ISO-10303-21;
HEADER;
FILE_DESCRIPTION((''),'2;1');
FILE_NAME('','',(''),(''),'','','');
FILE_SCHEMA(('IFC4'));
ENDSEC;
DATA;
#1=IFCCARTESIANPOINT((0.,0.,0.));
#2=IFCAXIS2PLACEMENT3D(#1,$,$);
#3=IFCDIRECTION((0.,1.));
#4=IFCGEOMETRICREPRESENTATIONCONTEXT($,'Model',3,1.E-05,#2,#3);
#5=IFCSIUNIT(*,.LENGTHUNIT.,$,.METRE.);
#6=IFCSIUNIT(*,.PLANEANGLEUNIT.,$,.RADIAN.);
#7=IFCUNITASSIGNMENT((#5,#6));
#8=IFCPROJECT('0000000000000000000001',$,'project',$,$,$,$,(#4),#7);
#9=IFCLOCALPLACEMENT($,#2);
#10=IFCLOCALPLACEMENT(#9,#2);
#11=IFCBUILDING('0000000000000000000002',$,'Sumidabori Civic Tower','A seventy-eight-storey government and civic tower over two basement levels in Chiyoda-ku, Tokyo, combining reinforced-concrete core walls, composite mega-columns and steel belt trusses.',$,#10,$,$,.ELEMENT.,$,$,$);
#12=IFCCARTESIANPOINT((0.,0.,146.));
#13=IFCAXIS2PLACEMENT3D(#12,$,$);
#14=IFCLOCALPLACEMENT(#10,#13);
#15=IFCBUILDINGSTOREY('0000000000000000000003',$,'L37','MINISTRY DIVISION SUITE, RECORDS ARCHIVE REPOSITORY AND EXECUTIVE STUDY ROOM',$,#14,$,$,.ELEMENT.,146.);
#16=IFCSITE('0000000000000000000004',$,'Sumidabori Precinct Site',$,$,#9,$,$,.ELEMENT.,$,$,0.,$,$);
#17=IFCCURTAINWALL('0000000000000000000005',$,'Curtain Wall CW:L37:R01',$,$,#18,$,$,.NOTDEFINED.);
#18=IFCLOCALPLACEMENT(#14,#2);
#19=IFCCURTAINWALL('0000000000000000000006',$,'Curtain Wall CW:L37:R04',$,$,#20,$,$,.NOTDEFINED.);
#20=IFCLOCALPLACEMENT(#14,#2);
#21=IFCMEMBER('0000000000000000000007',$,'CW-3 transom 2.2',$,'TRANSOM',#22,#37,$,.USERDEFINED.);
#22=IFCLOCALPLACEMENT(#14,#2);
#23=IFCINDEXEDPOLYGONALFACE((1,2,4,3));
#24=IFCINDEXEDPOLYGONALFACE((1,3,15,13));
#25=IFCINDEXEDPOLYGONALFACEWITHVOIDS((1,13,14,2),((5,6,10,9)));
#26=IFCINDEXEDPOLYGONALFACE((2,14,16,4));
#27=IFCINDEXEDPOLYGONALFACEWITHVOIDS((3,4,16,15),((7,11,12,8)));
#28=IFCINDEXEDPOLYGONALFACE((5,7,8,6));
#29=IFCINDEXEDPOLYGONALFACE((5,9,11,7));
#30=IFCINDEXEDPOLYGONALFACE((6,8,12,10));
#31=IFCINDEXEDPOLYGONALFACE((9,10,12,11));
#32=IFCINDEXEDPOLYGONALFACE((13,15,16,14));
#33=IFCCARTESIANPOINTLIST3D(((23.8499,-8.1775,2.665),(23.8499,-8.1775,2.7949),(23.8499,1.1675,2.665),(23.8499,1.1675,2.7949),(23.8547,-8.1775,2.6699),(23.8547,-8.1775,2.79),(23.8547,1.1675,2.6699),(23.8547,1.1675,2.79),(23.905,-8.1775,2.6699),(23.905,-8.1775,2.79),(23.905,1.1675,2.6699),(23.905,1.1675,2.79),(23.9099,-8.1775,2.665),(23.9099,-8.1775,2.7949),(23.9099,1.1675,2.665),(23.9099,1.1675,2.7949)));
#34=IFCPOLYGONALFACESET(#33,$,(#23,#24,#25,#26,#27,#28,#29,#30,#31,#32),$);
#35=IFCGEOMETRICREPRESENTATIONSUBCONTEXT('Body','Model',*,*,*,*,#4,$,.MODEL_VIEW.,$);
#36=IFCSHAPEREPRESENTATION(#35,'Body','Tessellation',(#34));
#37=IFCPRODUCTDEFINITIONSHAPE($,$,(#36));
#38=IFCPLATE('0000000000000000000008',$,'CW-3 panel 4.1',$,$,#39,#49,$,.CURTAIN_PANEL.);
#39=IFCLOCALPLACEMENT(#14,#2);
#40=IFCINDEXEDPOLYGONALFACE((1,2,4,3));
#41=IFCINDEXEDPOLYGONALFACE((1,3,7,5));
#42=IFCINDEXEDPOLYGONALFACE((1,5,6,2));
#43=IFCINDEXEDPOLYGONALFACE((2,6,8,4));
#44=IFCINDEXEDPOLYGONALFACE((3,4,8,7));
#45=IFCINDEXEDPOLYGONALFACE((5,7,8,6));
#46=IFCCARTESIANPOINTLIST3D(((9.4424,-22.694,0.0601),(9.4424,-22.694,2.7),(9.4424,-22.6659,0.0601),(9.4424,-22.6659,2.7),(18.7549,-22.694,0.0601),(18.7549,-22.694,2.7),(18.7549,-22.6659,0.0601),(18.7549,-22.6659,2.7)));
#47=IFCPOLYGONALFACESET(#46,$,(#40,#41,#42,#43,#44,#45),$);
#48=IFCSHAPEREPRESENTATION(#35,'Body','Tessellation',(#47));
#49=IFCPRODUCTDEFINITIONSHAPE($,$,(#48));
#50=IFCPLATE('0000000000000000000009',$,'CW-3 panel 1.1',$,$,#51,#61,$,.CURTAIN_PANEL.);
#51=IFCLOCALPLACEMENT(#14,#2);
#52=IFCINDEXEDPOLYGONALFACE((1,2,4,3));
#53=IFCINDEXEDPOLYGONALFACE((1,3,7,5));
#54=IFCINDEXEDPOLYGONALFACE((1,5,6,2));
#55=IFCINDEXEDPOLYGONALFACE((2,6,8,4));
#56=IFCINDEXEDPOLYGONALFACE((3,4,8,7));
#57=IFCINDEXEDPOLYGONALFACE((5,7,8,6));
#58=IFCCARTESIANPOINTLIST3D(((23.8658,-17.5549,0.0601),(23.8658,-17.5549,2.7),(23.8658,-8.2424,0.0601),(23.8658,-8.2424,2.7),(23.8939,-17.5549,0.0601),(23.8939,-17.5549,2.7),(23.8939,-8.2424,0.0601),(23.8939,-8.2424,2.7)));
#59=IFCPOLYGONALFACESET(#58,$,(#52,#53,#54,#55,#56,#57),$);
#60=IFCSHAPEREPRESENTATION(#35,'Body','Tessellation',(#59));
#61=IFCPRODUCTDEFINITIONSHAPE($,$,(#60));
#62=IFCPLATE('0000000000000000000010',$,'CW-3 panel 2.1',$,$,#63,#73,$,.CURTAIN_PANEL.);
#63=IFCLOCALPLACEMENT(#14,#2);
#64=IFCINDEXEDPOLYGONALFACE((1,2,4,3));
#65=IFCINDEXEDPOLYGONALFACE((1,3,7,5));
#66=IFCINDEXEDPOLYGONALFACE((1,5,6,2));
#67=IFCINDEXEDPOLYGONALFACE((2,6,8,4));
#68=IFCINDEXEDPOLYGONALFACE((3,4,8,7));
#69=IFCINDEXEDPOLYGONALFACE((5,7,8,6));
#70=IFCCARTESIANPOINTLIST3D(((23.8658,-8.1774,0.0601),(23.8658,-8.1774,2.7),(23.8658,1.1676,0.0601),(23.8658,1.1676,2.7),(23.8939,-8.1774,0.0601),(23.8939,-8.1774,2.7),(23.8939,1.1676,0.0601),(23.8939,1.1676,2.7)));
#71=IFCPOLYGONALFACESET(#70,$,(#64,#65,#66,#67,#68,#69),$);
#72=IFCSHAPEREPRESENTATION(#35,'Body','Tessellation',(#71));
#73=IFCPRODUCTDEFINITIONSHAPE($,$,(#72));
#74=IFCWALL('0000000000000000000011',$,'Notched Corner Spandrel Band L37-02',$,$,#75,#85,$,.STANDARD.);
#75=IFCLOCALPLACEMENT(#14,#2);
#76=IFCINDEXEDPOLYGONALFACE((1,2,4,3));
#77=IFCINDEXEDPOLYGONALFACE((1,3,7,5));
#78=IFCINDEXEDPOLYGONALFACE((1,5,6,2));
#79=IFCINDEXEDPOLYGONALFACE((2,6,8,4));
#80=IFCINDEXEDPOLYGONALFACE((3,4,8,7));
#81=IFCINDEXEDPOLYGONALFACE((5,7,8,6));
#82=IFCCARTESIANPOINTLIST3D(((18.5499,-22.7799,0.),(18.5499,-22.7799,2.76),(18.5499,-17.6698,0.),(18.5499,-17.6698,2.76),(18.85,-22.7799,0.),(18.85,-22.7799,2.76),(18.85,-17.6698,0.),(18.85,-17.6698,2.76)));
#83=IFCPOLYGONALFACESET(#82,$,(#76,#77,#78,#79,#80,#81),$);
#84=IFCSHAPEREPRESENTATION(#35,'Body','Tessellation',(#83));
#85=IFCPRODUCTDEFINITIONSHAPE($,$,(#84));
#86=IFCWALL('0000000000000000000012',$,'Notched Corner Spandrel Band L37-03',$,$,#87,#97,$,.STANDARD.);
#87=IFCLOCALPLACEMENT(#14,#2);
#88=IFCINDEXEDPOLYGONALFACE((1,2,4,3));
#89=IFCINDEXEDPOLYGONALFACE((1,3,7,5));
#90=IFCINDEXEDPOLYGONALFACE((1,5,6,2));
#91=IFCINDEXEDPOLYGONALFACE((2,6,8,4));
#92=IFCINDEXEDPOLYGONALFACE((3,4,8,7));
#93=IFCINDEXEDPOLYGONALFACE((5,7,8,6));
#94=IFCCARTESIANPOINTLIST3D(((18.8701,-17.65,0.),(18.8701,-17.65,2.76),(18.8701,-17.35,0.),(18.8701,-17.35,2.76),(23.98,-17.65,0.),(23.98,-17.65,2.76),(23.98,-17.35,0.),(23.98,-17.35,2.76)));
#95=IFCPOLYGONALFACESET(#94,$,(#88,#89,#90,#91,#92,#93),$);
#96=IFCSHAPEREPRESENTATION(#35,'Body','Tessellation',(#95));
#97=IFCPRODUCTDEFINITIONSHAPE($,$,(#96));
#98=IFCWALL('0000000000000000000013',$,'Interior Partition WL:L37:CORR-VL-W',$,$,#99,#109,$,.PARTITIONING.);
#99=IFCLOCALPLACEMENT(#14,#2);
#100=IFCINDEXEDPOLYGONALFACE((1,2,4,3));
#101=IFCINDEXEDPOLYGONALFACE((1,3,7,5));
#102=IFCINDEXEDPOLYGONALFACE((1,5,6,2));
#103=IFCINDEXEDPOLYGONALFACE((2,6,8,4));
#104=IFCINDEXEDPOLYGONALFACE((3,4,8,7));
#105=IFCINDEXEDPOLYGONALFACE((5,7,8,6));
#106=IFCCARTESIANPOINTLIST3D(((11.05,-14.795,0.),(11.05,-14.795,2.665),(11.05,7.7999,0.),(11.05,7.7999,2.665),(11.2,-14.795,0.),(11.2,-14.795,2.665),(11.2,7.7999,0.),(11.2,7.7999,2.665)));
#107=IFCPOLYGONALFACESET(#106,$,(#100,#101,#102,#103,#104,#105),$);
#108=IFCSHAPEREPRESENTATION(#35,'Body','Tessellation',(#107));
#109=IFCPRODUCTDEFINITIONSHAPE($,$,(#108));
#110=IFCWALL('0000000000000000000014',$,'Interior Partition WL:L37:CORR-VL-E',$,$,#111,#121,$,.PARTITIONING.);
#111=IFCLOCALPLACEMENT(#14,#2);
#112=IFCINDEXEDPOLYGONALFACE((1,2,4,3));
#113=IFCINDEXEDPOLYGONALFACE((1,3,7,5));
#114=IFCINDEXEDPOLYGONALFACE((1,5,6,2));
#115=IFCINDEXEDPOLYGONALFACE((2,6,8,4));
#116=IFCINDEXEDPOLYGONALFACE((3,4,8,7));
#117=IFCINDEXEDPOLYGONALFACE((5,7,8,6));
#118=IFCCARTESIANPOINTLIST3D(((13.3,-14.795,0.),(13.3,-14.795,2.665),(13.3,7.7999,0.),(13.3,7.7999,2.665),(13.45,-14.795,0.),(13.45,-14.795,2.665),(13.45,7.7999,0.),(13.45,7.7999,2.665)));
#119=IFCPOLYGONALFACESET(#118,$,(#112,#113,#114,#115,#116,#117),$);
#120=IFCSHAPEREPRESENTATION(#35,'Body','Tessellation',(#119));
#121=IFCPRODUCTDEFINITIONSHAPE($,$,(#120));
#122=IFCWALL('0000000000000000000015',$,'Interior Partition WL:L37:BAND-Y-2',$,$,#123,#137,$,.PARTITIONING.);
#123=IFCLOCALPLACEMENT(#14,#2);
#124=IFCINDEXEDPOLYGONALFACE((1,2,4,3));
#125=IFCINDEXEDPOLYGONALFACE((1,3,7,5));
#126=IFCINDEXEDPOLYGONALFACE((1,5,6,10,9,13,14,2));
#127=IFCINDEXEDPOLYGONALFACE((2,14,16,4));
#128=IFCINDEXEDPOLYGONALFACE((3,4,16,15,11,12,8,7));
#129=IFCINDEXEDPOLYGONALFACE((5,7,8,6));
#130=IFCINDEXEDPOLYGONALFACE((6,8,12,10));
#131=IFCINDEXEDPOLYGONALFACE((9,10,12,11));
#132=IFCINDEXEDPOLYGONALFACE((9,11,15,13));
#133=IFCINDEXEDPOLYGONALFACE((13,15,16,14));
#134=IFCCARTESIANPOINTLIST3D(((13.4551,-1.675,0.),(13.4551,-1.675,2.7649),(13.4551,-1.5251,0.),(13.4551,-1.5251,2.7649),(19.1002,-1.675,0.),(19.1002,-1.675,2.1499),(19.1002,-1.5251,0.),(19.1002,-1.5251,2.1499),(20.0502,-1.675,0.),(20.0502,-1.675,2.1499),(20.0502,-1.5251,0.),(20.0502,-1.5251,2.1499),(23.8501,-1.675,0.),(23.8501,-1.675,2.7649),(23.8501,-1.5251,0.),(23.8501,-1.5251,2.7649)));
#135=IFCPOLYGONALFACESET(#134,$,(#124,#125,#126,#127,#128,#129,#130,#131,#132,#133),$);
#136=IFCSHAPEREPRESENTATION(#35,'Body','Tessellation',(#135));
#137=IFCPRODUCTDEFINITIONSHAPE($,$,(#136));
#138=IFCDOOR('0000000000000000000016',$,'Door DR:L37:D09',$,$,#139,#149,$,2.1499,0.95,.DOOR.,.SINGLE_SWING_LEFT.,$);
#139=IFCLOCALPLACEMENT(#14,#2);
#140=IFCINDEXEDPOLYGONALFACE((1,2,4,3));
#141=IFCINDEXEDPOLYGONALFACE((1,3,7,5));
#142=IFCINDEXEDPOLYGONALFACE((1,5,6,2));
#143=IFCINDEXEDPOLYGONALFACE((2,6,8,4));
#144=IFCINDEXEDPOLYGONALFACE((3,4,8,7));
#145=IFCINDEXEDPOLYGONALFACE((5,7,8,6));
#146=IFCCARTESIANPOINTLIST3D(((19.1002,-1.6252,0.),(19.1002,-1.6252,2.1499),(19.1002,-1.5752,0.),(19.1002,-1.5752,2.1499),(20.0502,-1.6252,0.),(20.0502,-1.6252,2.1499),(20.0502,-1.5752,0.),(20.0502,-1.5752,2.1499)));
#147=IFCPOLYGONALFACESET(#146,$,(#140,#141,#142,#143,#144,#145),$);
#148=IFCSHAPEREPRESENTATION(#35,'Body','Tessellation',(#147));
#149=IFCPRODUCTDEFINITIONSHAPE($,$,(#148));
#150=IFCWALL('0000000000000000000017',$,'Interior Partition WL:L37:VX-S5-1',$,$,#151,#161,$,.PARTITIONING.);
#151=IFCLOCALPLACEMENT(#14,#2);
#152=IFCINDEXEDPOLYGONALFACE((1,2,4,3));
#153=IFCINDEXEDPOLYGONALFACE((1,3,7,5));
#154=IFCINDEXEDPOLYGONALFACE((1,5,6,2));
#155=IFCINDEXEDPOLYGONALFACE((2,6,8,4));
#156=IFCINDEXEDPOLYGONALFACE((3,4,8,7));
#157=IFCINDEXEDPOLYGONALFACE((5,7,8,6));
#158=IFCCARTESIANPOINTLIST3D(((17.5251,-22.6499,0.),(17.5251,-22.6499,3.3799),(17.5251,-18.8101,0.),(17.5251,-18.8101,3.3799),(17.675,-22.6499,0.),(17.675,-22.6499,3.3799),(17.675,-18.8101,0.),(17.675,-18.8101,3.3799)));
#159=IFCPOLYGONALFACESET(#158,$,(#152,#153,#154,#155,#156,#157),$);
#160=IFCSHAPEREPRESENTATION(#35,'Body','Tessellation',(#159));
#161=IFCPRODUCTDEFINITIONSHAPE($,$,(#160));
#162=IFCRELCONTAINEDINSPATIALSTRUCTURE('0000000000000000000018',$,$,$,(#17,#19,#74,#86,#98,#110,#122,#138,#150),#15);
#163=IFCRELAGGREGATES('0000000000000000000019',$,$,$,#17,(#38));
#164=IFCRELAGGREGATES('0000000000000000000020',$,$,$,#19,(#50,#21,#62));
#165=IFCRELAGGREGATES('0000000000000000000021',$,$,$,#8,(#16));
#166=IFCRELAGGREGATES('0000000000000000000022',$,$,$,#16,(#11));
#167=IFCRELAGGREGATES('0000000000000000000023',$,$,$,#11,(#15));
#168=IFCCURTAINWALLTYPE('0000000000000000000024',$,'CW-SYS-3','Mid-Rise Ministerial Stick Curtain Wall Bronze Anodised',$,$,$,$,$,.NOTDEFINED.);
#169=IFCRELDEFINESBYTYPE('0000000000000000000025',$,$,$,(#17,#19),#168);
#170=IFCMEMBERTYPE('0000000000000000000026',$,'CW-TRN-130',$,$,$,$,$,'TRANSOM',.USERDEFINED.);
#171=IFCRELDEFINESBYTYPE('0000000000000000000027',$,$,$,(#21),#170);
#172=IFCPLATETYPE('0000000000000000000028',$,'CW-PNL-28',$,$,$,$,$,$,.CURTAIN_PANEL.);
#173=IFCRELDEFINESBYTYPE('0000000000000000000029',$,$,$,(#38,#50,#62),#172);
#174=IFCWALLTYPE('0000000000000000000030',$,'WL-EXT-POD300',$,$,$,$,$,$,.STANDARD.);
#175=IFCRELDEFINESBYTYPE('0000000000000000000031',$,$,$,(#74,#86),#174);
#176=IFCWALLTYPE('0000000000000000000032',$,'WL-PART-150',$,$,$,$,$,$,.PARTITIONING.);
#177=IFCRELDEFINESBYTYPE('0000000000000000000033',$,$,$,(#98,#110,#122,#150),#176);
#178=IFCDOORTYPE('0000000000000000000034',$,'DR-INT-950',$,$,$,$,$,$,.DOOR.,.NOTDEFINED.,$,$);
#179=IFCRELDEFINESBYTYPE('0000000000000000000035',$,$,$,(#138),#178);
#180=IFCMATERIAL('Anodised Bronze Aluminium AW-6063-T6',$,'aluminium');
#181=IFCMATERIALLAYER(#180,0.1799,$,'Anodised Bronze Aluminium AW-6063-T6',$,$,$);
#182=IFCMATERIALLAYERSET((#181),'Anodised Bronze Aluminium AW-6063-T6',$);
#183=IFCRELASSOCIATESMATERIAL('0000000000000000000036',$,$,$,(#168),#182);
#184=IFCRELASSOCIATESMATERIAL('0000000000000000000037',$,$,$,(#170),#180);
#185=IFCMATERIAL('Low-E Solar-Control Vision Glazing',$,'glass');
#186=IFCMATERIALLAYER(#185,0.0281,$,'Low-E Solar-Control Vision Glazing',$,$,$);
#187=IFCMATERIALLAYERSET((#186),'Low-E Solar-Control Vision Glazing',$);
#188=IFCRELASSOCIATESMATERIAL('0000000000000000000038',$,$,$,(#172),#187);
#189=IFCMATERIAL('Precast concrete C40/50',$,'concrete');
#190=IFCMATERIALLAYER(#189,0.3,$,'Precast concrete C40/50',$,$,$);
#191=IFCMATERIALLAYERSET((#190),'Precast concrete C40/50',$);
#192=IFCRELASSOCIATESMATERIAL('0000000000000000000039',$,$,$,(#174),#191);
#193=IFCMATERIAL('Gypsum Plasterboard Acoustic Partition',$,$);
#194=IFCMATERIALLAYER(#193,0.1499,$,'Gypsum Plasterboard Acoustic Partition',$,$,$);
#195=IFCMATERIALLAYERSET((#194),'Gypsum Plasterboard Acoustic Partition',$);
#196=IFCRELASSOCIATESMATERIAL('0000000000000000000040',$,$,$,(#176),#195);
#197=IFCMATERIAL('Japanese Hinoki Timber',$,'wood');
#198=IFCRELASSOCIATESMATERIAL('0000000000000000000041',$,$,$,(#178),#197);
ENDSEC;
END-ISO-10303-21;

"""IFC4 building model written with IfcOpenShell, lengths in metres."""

from ifc_helpers import new_model, si_unit, direction, frame, frame_2d, origin, origin_2d, place, context, subcontext, project, spatial, rectangle, hollow_rectangle, extrude, source, transform, mapped, material, layer, layer_set, material_profile, profile_set, type_object, element, fill, aggregate, save


model = new_model("IFC4")

# Units and contexts
model_context = context("Model", 3, precision=1e-05, world=origin(), true_north=direction((0.0, 1.0)))
body_context = subcontext(model_context, "Body", "Model", "MODEL_VIEW")
ifc_project = project(units=[si_unit("LENGTHUNIT", "METRE"), si_unit("PLANEANGLEUNIT", "RADIAN")], contexts=[model_context])

# Site, building, storey
site_placement = place(None, origin())
site = spatial("IfcSite", under=ifc_project, at=site_placement, Name="Sumidabori Precinct Site", CompositionType="ELEMENT", RefElevation=0.0)
building_placement = place(site_placement, origin())
building = spatial("IfcBuilding", under=site, at=building_placement, Name="Sumidabori Civic Tower", Description="A seventy-eight-storey government and civic tower over two basement levels in Chiyoda-ku, Tokyo, combining reinforced-concrete core walls, composite mega-columns and steel belt trusses.", CompositionType="ELEMENT")
storey_placement = place(building_placement, frame((0.0, 0.0, 146.0)))
storey = spatial("IfcBuildingStorey", under=building, at=storey_placement, Name="L37", Description="MINISTRY DIVISION SUITE, RECORDS ARCHIVE REPOSITORY AND EXECUTIVE STUDY ROOM", CompositionType="ELEMENT", Elevation=146.0)

# Curtain walls
ifc_material_1 = material(Name="Anodised Bronze Aluminium AW-6063-T6", Category="aluminium")
ifc_layer_1 = layer(ifc_material_1, 0.1799, Name="Anodised Bronze Aluminium AW-6063-T6")
ifc_layer_set_1 = layer_set([ifc_layer_1], Name="Anodised Bronze Aluminium AW-6063-T6")
curtain_wall_type = type_object("IfcCurtainWallType", Name="CW-SYS-3", Description="Mid-Rise Ministerial Stick Curtain Wall Bronze Anodised", PredefinedType="NOTDEFINED", material=ifc_layer_set_1)
curtain_wall_1_placement = place(storey_placement, origin())
curtain_wall_1 = element("IfcCurtainWall", 1, at=curtain_wall_1_placement, inside=storey, type_object=curtain_wall_type, Name="Curtain Wall CW:L37:R01", PredefinedType="NOTDEFINED")
curtain_wall_2_placement = place(storey_placement, origin())
curtain_wall_2 = element("IfcCurtainWall", 2, at=curtain_wall_2_placement, inside=storey, type_object=curtain_wall_type, Name="Curtain Wall CW:L37:R04", PredefinedType="NOTDEFINED")

# Member
ifc_material_profile_1 = material_profile(ifc_material_1, hollow_rectangle(XDim=0.0601, YDim=0.1299, WallThickness=0.0049, at=origin_2d()), Name="ALU TRANSOM 130x60")
ifc_profile_set_1 = profile_set([ifc_material_profile_1], Name="Anodised Bronze Aluminium AW-6063-T6")
member_type_1 = type_object("IfcMemberType", Name="CW-TRN-130", ElementType="TRANSOM", PredefinedType="USERDEFINED", material=ifc_profile_set_1)
shared_shape_1 = source(origin(), body_context, "Body", "SweptSolid", [
    extrude(hollow_rectangle(XDim=0.0601, YDim=0.1299, WallThickness=0.0049, at=origin_2d()), origin(), (0.0, 0.0, 1.0), 9.345),
])
member_1_placement = place(storey_placement, frame((23.8799, -8.1775, 2.73), z_axis=(0.0, 1.0, 0.0), x_axis=(-1.0, 0.0, 0.0)))
member_1 = element("IfcMember", 3, at=member_1_placement, type_object=member_type_1, Name="CW-3 transom 2.2", ObjectType="TRANSOM", PredefinedType="USERDEFINED", context=body_context, shape_type="MappedRepresentation", body=[
    mapped(shared_shape_1, transform((0.0, 0.0, 0.0), x_axis=(1.0, 0.0, 0.0), y_axis=(0.0, 1.0, 0.0), z_axis=(0.0, 0.0, 1.0), scale=1.0)),
])

# Plates
ifc_material_2 = material(Name="Low-E Solar-Control Vision Glazing", Category="glass")
ifc_layer_2 = layer(ifc_material_2, 0.0281, Name="Low-E Solar-Control Vision Glazing")
ifc_layer_set_2 = layer_set([ifc_layer_2], Name="Low-E Solar-Control Vision Glazing")
plate_type = type_object("IfcPlateType", Name="CW-PNL-28", PredefinedType="CURTAIN_PANEL", material=ifc_layer_set_2)
shared_shape_2 = source(origin(), body_context, "Body", "SweptSolid", [
    extrude(rectangle(XDim=9.3125, YDim=0.0281, at=origin_2d()), origin(), (0.0, 0.0, 1.0), 2.6399),
])
plate_1_placement = place(storey_placement, frame((14.0986, -22.6799, 0.0601), z_axis=(0.0, 0.0, 1.0), x_axis=(1.0, 0.0, 0.0)))
plate_1 = element("IfcPlate", 4, at=plate_1_placement, type_object=plate_type, Name="CW-3 panel 4.1", PredefinedType="CURTAIN_PANEL", context=body_context, shape_type="MappedRepresentation", body=[
    mapped(shared_shape_2, transform((0.0, 0.0, 0.0), x_axis=(1.0, 0.0, 0.0), y_axis=(0.0, 1.0, 0.0), z_axis=(0.0, 0.0, 1.0), scale=1.0)),
])
aggregate(curtain_wall_1, [plate_1])
plate_2_placement = place(storey_placement, frame((23.8799, -12.8987, 0.0601), z_axis=(0.0, 0.0, 1.0), x_axis=(0.0, 1.0, 0.0)))
plate_2 = element("IfcPlate", 5, at=plate_2_placement, type_object=plate_type, Name="CW-3 panel 1.1", PredefinedType="CURTAIN_PANEL", context=body_context, shape_type="MappedRepresentation", body=[
    mapped(shared_shape_2, transform((0.0, 0.0, 0.0), x_axis=(1.0, 0.0, 0.0), y_axis=(0.0, 1.0, 0.0), z_axis=(0.0, 0.0, 1.0), scale=1.0)),
])
shared_shape_3 = source(origin(), body_context, "Body", "SweptSolid", [
    extrude(rectangle(XDim=9.345, YDim=0.0281, at=origin_2d()), origin(), (0.0, 0.0, 1.0), 2.6399),
])
plate_3_placement = place(storey_placement, frame((23.8799, -3.5049, 0.0601), z_axis=(0.0, 0.0, 1.0), x_axis=(0.0, 1.0, 0.0)))
plate_3 = element("IfcPlate", 6, at=plate_3_placement, type_object=plate_type, Name="CW-3 panel 2.1", PredefinedType="CURTAIN_PANEL", context=body_context, shape_type="MappedRepresentation", body=[
    mapped(shared_shape_3, transform((0.0, 0.0, 0.0), x_axis=(1.0, 0.0, 0.0), y_axis=(0.0, 1.0, 0.0), z_axis=(0.0, 0.0, 1.0), scale=1.0)),
])
aggregate(curtain_wall_2, [plate_2, member_1, plate_3])

# Walls
ifc_material_3 = material(Name="Precast concrete C40/50", Category="concrete")
ifc_layer_3 = layer(ifc_material_3, 0.3, Name="Precast concrete C40/50")
ifc_layer_set_3 = layer_set([ifc_layer_3], Name="Precast concrete C40/50")
wall_type_1 = type_object("IfcWallType", Name="WL-EXT-POD300", PredefinedType="STANDARD", material=ifc_layer_set_3)
shared_shape_4 = source(origin(), body_context, "Body", "SweptSolid", [
    extrude(rectangle(XDim=5.1101, YDim=0.3, at=frame_2d((2.5552, 0.0))), origin(), (0.0, 0.0, 1.0), 2.76),
])
wall_1_placement = place(storey_placement, frame((18.7, -22.78, 0.0), z_axis=(0.0, 0.0, 1.0), x_axis=(0.0, 1.0, 0.0)))
element("IfcWall", 7, at=wall_1_placement, inside=storey, type_object=wall_type_1, Name="Notched Corner Spandrel Band L37-02", PredefinedType="STANDARD", context=body_context, shape_type="MappedRepresentation", body=[
    mapped(shared_shape_4, transform((0.0, 0.0, 0.0), x_axis=(1.0, 0.0, 0.0), y_axis=(0.0, 1.0, 0.0), z_axis=(0.0, 0.0, 1.0), scale=1.0)),
])
shared_shape_5 = source(origin(), body_context, "Body", "SweptSolid", [
    extrude(rectangle(XDim=5.1099, YDim=0.3, at=frame_2d((2.5549, 0.0))), origin(), (0.0, 0.0, 1.0), 2.76),
])
wall_2_placement = place(storey_placement, frame((18.8701, -17.5, 0.0), z_axis=(0.0, 0.0, 1.0), x_axis=(1.0, 0.0, 0.0)))
element("IfcWall", 8, at=wall_2_placement, inside=storey, type_object=wall_type_1, Name="Notched Corner Spandrel Band L37-03", PredefinedType="STANDARD", context=body_context, shape_type="MappedRepresentation", body=[
    mapped(shared_shape_5, transform((0.0, 0.0, 0.0), x_axis=(1.0, 0.0, 0.0), y_axis=(0.0, 1.0, 0.0), z_axis=(0.0, 0.0, 1.0), scale=1.0)),
])

# Shared definitions
ifc_material_4 = material(Name="Gypsum Plasterboard Acoustic Partition")
ifc_layer_4 = layer(ifc_material_4, 0.1499, Name="Gypsum Plasterboard Acoustic Partition")
ifc_layer_set_4 = layer_set([ifc_layer_4], Name="Gypsum Plasterboard Acoustic Partition")
wall_type_2 = type_object("IfcWallType", Name="WL-PART-150", PredefinedType="PARTITIONING", material=ifc_layer_set_4)
ifc_material_5 = material(Name="Japanese Hinoki Timber", Category="wood")
door_type = type_object("IfcDoorType", Name="DR-INT-950", OperationType="NOTDEFINED", PredefinedType="DOOR", material=ifc_material_5)
shared_shape_6 = source(origin(), body_context, "Body", "SweptSolid", [
    extrude(rectangle(XDim=0.95, YDim=2.1499, at=frame_2d((0.4751, 1.075))), frame((0.0, 0.0249, 0.0), z_axis=(0.0, -1.0, 0.0), x_axis=(1.0, 0.0, 0.0)), (0.0, 0.0, 1.0), 0.05),
])

# Walls
shared_shape_7 = source(origin(), body_context, "Body", "SweptSolid", [
    extrude(rectangle(XDim=22.595, YDim=0.1499, at=frame_2d((11.2974, 0.0))), origin(), (0.0, 0.0, 1.0), 2.665),
])
for number, where, z_axis, x_axis, name in (
    (9, (11.125, -14.7949, 0.0), (0.0, 0.0, 1.0), (0.0, 1.0, 0.0), "Interior Partition WL:L37:CORR-VL-W"),
    (10, (13.375, -14.7949, 0.0), (0.0, 0.0, 1.0), (0.0, 1.0, 0.0), "Interior Partition WL:L37:CORR-VL-E"),
):
    element("IfcWall", number, at=place(storey_placement, frame(where, z_axis=z_axis, x_axis=x_axis)), inside=storey, type_object=wall_type_2, Name=name, PredefinedType="PARTITIONING", context=body_context, shape_type="MappedRepresentation", body=[
        mapped(shared_shape_7, transform((0.0, 0.0, 0.0), x_axis=(1.0, 0.0, 0.0), y_axis=(0.0, 1.0, 0.0), z_axis=(0.0, 0.0, 1.0), scale=1.0)),
    ])

# Wall, opening, door
shared_shape_8 = source(origin(), body_context, "Body", "SweptSolid", [
    extrude(rectangle(XDim=10.395, YDim=0.1499, at=frame_2d((5.1975, 0.0))), origin(), (0.0, 0.0, 1.0), 2.7649),
])
wall_3_placement = place(storey_placement, frame((13.4551, -1.6001, 0.0), z_axis=(0.0, 0.0, 1.0), x_axis=(1.0, 0.0, 0.0)))
wall_3 = element("IfcWall", 11, at=wall_3_placement, inside=storey, type_object=wall_type_2, Name="Interior Partition WL:L37:BAND-Y-2", PredefinedType="PARTITIONING", context=body_context, shape_type="MappedRepresentation", body=[
    mapped(shared_shape_8, transform((0.0, 0.0, 0.0), x_axis=(1.0, 0.0, 0.0), y_axis=(0.0, 1.0, 0.0), z_axis=(0.0, 0.0, 1.0), scale=1.0)),
])
opening_1_placement = place(wall_3_placement, frame((5.645, 0.0, 0.0)))
opening_1 = element("IfcOpeningElement", 12, at=opening_1_placement, cuts=wall_3, PredefinedType="OPENING", context=body_context, shape_type="SweptSolid", body=[
    extrude(rectangle(XDim=0.95, YDim=2.1499, at=frame_2d((0.4751, 1.075))), frame((0.0, 0.0869, 0.0), z_axis=(0.0, -1.0, 0.0), x_axis=(1.0, 0.0, 0.0)), (0.0, 0.0, 1.0), 0.1738),
])
door_1_placement = place(opening_1_placement, origin())
door_1 = element("IfcDoor", 13, at=door_1_placement, inside=storey, type_object=door_type, Name="Door DR:L37:D09", OperationType="SINGLE_SWING_LEFT", OverallHeight=2.1499, OverallWidth=0.95, PredefinedType="DOOR", context=body_context, shape_type="MappedRepresentation", body=[
    mapped(shared_shape_6, transform((0.0, 0.0, 0.0), x_axis=(1.0, 0.0, 0.0), y_axis=(0.0, 1.0, 0.0), z_axis=(0.0, 0.0, 1.0), scale=1.0)),
])
fill(opening_1, door_1)

# Wall
shared_shape_9 = source(origin(), body_context, "Body", "SweptSolid", [
    extrude(rectangle(XDim=3.8398, YDim=0.1499, at=frame_2d((1.9199, 0.0))), origin(), (0.0, 0.0, 1.0), 3.3799),
])
wall_4_placement = place(storey_placement, frame((17.6001, -22.6499, 0.0), z_axis=(0.0, 0.0, 1.0), x_axis=(0.0, 1.0, 0.0)))
element("IfcWall", 14, at=wall_4_placement, inside=storey, type_object=wall_type_2, Name="Interior Partition WL:L37:VX-S5-1", PredefinedType="PARTITIONING", context=body_context, shape_type="MappedRepresentation", body=[
    mapped(shared_shape_9, transform((0.0, 0.0, 0.0), x_axis=(1.0, 0.0, 0.0), y_axis=(0.0, 1.0, 0.0), z_axis=(0.0, 0.0, 1.0), scale=1.0)),
])

save(model, "model.ifc")
